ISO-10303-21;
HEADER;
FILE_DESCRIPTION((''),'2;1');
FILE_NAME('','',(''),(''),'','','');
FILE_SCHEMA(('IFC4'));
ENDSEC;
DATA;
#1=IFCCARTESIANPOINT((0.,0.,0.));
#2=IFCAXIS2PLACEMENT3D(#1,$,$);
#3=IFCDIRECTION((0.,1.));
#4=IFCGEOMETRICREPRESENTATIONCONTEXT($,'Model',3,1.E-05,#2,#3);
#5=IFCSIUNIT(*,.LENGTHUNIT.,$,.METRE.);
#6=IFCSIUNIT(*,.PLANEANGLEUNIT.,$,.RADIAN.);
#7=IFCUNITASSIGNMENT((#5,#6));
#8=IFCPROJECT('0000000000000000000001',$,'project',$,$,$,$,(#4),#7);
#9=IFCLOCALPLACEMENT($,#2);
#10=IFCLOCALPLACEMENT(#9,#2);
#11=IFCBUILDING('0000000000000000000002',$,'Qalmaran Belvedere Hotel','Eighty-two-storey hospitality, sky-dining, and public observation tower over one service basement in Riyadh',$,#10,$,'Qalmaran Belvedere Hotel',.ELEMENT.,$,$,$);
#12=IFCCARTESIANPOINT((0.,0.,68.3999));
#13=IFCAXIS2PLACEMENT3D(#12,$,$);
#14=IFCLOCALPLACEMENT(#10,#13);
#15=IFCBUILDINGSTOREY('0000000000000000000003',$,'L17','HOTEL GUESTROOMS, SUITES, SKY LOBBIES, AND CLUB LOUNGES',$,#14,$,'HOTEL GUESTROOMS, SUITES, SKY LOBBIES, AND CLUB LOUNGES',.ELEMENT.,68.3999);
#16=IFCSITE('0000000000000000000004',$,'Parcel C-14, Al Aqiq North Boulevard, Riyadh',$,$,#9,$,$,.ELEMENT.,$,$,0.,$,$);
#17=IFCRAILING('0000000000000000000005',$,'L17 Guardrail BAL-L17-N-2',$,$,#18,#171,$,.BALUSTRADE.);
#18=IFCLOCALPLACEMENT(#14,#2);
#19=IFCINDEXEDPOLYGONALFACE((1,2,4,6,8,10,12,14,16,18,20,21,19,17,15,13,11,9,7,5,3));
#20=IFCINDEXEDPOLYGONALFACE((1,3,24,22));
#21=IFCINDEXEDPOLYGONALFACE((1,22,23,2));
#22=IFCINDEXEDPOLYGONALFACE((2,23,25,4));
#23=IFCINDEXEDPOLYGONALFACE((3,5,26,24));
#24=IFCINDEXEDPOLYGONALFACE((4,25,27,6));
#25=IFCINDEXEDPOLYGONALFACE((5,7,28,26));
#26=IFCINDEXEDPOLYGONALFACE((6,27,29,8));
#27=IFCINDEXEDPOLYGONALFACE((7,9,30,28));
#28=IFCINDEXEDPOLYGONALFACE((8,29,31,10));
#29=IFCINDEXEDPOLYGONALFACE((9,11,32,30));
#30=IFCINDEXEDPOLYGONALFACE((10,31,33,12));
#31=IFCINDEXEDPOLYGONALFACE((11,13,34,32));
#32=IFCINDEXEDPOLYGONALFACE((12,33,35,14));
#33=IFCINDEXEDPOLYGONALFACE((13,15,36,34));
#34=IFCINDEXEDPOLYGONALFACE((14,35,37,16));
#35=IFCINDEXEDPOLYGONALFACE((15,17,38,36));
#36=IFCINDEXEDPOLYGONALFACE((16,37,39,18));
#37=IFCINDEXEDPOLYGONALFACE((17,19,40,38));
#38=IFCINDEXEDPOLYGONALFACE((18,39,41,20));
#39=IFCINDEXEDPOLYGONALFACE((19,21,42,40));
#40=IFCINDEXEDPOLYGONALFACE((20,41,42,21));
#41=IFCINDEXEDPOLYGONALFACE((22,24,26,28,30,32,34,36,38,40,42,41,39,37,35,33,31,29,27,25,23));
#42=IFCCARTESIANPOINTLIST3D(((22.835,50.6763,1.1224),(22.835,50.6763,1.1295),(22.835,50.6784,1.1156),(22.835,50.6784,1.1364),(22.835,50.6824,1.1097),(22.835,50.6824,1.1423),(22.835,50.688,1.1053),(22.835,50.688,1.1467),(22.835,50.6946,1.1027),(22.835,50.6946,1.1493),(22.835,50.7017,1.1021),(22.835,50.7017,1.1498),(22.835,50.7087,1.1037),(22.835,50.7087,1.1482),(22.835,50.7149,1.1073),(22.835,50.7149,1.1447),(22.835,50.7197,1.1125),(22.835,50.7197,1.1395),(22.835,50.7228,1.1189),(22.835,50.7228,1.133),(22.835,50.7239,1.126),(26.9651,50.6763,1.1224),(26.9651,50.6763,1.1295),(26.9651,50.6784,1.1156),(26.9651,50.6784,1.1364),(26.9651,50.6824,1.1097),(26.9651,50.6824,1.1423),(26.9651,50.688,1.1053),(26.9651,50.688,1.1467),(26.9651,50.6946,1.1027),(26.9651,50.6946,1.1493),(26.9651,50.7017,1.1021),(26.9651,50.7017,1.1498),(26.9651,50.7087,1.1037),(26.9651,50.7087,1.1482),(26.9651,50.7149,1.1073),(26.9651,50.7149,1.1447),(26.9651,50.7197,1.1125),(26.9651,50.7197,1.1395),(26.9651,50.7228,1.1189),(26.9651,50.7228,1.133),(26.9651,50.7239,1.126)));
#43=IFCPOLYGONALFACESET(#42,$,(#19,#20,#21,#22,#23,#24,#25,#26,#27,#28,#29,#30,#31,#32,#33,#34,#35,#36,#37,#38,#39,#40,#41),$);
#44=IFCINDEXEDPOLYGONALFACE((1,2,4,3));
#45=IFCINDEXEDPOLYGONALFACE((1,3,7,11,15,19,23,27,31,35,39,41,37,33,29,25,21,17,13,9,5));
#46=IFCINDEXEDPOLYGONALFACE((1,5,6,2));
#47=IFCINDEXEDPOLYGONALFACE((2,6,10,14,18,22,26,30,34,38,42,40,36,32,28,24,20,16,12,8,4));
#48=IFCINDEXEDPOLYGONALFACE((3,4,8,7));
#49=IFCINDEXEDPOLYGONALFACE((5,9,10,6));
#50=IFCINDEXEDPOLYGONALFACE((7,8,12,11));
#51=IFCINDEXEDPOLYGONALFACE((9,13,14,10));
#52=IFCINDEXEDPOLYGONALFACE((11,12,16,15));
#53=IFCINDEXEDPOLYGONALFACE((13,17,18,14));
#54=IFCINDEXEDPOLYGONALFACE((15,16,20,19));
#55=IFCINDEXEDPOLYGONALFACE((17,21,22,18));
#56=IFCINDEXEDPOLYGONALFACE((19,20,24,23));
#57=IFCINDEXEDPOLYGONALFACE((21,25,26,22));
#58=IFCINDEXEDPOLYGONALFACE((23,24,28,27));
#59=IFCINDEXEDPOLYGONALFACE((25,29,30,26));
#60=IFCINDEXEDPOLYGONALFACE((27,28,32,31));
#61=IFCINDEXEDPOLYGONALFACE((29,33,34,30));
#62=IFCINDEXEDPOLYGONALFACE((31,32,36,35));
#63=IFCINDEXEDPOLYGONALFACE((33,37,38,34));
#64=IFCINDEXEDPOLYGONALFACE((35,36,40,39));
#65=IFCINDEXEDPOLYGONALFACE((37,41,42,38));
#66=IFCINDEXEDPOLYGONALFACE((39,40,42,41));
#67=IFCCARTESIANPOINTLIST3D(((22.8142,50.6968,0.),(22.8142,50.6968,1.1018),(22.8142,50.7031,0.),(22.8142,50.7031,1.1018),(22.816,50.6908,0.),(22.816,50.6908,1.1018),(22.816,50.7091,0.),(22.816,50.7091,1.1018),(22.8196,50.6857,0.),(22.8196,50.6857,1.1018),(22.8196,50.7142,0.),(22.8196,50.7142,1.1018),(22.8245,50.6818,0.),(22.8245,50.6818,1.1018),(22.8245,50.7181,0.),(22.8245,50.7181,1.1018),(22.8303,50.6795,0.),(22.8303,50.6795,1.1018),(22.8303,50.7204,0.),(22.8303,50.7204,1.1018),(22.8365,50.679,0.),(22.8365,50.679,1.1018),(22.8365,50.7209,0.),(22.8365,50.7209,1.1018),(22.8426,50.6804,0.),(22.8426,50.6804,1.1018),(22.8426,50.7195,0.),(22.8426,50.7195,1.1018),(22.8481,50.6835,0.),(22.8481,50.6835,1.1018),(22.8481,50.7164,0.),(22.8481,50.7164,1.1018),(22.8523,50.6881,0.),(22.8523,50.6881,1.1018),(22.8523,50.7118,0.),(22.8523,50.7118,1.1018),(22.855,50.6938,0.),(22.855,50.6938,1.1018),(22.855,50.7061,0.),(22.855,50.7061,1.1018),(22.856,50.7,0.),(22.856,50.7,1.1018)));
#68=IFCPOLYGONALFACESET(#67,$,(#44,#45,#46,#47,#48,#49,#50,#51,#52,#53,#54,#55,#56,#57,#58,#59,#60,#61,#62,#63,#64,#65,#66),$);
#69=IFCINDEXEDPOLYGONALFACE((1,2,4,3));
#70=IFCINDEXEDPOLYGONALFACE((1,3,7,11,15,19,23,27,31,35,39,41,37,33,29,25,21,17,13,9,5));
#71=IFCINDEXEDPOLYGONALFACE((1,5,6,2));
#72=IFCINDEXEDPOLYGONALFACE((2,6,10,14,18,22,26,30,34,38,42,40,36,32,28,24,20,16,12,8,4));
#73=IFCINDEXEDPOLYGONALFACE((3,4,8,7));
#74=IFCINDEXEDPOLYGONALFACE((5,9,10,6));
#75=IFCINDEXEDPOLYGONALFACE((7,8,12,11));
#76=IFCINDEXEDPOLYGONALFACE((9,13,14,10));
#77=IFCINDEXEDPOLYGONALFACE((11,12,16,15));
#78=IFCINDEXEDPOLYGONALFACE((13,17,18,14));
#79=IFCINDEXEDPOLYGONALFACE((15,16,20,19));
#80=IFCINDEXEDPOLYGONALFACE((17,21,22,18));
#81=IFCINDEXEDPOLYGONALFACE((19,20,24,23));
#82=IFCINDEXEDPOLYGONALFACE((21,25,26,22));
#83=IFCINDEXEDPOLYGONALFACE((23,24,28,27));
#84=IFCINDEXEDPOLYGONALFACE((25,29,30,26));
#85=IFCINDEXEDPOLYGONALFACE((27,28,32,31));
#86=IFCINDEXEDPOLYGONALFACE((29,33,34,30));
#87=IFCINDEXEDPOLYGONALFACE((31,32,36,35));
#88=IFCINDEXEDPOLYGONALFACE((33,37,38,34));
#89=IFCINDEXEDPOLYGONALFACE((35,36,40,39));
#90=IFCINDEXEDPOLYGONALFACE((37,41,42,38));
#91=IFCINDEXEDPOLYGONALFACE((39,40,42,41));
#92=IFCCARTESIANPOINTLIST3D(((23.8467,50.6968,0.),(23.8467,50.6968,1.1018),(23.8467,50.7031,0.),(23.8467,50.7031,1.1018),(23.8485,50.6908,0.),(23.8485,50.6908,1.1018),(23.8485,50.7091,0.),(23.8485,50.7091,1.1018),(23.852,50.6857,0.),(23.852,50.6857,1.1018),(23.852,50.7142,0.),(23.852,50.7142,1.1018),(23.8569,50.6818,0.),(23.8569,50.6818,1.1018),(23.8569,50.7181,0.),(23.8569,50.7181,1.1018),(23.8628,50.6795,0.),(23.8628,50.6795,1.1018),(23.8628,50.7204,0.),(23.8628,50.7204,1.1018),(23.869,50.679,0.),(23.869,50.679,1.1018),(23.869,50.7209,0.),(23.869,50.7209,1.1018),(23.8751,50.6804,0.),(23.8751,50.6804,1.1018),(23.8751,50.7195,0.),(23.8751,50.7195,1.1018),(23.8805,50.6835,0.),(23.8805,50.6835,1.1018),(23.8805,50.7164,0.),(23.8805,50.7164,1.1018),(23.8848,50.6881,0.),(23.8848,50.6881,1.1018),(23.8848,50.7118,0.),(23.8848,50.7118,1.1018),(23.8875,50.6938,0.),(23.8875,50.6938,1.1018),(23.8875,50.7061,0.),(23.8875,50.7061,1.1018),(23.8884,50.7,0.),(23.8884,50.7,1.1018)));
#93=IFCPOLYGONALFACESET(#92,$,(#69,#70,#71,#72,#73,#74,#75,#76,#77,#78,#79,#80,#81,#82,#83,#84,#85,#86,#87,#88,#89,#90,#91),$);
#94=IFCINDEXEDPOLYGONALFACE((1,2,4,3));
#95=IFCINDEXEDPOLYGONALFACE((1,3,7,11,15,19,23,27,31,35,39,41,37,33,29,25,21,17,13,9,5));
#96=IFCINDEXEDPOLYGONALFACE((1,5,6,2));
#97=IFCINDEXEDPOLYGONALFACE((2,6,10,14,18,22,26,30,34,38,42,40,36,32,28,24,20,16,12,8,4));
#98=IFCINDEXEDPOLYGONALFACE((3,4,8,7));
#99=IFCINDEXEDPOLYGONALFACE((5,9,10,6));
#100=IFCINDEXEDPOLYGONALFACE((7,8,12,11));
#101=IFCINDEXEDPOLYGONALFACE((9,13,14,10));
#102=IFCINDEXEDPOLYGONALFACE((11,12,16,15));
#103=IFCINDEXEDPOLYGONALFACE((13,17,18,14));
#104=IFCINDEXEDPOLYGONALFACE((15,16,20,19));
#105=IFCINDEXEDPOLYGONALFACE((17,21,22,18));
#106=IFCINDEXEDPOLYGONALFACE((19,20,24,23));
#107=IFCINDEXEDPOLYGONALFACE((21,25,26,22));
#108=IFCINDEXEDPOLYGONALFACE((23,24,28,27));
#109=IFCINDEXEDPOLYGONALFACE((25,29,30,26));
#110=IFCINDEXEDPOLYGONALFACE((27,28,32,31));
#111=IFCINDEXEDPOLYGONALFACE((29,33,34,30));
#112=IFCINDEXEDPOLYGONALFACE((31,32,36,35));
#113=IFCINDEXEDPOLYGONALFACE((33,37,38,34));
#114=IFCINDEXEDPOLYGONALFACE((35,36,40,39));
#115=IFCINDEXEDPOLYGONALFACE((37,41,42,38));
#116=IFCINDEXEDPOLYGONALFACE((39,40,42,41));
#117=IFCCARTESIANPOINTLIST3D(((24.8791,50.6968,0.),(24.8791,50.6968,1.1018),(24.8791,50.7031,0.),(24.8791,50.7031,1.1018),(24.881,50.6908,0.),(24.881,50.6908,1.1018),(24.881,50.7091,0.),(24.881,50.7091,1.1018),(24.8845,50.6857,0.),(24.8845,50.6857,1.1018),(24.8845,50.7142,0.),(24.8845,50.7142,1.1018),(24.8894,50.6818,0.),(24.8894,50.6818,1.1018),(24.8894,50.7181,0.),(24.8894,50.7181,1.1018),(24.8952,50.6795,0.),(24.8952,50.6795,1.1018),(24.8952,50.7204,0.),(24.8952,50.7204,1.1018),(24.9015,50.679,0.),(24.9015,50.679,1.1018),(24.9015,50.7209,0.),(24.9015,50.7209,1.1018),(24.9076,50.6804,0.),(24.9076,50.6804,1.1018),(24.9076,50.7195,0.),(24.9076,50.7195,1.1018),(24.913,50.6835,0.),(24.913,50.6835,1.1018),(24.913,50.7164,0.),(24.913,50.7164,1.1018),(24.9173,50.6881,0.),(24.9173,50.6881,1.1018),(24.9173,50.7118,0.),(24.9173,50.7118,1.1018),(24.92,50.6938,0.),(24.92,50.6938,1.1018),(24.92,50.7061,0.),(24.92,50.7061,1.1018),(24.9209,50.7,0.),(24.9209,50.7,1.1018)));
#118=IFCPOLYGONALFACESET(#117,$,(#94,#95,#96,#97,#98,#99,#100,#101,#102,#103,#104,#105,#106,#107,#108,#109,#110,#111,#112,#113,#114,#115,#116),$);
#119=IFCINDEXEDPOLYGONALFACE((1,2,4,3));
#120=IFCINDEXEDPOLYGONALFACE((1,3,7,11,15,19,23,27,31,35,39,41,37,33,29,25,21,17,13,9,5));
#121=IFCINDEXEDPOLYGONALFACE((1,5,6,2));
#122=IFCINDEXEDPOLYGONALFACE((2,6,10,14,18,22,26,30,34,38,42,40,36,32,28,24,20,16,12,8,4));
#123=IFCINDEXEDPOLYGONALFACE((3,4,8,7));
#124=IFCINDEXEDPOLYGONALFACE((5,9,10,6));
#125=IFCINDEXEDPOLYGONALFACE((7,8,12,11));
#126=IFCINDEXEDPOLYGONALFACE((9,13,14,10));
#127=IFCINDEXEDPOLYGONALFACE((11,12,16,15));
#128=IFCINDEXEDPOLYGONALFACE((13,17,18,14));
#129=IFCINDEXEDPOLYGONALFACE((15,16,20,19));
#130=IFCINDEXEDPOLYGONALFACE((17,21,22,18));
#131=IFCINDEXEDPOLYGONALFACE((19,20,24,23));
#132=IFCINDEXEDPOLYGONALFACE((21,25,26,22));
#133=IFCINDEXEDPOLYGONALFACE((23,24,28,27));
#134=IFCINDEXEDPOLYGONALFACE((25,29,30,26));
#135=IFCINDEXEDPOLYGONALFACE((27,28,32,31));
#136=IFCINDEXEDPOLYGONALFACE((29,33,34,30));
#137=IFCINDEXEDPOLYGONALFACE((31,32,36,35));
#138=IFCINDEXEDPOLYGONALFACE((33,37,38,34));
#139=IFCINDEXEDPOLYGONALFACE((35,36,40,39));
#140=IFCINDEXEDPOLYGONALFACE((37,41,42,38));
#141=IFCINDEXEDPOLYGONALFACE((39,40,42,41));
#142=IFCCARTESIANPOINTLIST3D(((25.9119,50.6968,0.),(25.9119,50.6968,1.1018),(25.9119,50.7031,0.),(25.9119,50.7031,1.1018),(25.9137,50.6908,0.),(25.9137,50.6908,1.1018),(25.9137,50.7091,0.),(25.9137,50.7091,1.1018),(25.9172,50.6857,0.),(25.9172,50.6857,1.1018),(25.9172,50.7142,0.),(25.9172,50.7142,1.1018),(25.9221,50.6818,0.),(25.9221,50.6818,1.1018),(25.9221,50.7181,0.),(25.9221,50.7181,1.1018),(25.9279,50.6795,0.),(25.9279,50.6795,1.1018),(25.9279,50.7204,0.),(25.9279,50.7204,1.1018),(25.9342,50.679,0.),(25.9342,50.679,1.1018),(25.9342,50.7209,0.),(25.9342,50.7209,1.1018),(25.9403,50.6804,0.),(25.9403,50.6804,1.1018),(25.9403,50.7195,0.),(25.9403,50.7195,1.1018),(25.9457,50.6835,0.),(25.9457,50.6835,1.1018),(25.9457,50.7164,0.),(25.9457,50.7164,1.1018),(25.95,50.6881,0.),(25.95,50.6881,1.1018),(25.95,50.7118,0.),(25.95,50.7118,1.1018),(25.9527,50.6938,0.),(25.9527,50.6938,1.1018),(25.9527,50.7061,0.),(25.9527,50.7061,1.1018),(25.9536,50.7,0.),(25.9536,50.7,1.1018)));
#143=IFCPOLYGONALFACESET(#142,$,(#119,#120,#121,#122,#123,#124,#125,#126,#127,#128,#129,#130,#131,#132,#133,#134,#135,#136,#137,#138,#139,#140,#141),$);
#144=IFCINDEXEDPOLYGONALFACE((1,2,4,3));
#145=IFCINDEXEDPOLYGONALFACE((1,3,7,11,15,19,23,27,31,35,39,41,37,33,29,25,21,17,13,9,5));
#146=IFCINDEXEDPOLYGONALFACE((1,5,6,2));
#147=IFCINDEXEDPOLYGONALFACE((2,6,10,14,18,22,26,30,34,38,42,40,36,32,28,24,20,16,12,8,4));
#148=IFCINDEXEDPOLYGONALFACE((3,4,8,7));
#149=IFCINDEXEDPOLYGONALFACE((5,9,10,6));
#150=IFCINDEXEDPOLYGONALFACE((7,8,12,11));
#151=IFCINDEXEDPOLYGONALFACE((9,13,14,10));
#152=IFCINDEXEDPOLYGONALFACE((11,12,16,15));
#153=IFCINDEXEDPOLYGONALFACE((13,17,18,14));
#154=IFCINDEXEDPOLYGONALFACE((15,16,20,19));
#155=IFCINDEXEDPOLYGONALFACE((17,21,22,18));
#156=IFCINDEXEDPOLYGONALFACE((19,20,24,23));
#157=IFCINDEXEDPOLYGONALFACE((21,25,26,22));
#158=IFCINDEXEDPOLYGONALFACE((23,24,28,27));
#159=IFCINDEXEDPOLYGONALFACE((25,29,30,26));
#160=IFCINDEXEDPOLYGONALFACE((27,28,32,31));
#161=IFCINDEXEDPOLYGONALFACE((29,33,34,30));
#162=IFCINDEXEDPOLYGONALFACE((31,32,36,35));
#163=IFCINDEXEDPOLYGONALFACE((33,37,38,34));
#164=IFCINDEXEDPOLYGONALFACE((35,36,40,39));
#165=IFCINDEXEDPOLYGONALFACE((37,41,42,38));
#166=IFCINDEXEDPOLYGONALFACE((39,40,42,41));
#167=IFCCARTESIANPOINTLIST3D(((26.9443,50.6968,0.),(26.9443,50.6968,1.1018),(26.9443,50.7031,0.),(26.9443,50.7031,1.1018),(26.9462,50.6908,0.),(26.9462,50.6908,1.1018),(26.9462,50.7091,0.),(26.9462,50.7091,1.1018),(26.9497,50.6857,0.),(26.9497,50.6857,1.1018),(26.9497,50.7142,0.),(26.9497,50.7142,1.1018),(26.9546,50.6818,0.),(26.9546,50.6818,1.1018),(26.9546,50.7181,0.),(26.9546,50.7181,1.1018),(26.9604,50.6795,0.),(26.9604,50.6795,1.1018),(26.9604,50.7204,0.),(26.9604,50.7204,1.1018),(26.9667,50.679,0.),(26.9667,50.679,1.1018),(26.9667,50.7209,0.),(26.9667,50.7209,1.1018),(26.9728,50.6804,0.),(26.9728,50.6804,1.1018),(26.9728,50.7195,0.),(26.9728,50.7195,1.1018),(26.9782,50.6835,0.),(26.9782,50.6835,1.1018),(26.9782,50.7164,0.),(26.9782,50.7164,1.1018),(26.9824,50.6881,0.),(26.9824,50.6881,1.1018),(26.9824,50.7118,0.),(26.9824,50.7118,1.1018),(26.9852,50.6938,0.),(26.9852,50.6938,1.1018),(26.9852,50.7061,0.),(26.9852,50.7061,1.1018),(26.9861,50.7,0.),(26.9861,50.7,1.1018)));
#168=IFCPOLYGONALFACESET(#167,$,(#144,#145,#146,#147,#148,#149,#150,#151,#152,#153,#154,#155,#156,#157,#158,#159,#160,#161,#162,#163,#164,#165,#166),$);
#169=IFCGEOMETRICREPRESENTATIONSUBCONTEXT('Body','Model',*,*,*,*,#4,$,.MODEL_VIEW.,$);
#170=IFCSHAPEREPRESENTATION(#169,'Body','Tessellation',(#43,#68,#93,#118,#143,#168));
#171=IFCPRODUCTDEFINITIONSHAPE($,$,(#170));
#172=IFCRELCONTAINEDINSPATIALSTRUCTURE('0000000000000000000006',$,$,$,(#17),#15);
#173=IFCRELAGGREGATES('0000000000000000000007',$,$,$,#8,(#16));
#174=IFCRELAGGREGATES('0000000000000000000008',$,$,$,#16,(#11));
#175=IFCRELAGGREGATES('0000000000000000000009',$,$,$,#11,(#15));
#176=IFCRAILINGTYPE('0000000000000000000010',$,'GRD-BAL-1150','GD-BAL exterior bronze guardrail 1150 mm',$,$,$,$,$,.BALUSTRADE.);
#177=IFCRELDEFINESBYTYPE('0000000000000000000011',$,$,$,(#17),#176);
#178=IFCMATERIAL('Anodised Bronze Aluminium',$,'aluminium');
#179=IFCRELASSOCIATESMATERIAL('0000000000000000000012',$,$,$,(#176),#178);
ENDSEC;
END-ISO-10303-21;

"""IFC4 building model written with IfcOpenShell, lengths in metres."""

from ifc_helpers import new_model, si_unit, direction, frame, origin, origin_2d, place, context, subcontext, project, spatial, circle, extrude, material, type_object, element, save


model = new_model("IFC4")

# Units and contexts
model_context = context("Model", 3, precision=1e-05, world=origin(), true_north=direction((0.0, 1.0)))
body_context = subcontext(model_context, "Body", "Model", "MODEL_VIEW")
ifc_project = project(units=[si_unit("LENGTHUNIT", "METRE"), si_unit("PLANEANGLEUNIT", "RADIAN")], contexts=[model_context])

# Site, building, storey
site_placement = place(None, origin())
site = spatial("IfcSite", under=ifc_project, at=site_placement, Name="Parcel C-14, Al Aqiq North Boulevard, Riyadh", CompositionType="ELEMENT", RefElevation=0.0)
building_placement = place(site_placement, origin())
building = spatial("IfcBuilding", under=site, at=building_placement, Name="Qalmaran Belvedere Hotel", Description="Eighty-two-storey hospitality, sky-dining, and public observation tower over one service basement in Riyadh", LongName="Qalmaran Belvedere Hotel", CompositionType="ELEMENT")
storey_placement = place(building_placement, frame((0.0, 0.0, 68.3999)))
storey = spatial("IfcBuildingStorey", under=building, at=storey_placement, Name="L17", Description="HOTEL GUESTROOMS, SUITES, SKY LOBBIES, AND CLUB LOUNGES", LongName="HOTEL GUESTROOMS, SUITES, SKY LOBBIES, AND CLUB LOUNGES", CompositionType="ELEMENT", Elevation=68.3999)

# Shared definitions
ifc_material_1 = material(Name="Anodised Bronze Aluminium", Category="aluminium")

# Railing
railing_type = type_object("IfcRailingType", Name="GRD-BAL-1150", Description="GD-BAL exterior bronze guardrail 1150 mm", PredefinedType="BALUSTRADE", material=ifc_material_1)
railing_1_placement = place(storey_placement, frame((22.835, 50.7, 0.0)))
element("IfcRailing", 1, at=railing_1_placement, inside=storey, type_object=railing_type, Name="L17 Guardrail BAL-L17-N-2", PredefinedType="BALUSTRADE", context=body_context, shape_type="SweptSolid", body=[
    extrude(circle(Radius=0.0239, at=origin_2d()), frame((0.0, 0.0, 1.126), z_axis=(1.0, 0.0, 0.0), x_axis=(0.0, 1.0, 0.0)), (0.0, 0.0, 1.0), 4.1301),
    extrude(circle(Radius=0.021, at=origin_2d()), origin(), (0.0, 0.0, 1.0), 1.1018),
    extrude(circle(Radius=0.021, at=origin_2d()), frame((1.0325, 0.0, 0.0)), (0.0, 0.0, 1.0), 1.1018),
    extrude(circle(Radius=0.021, at=origin_2d()), frame((2.0649, 0.0, 0.0)), (0.0, 0.0, 1.0), 1.1018),
    extrude(circle(Radius=0.021, at=origin_2d()), frame((3.0977, 0.0, 0.0)), (0.0, 0.0, 1.0), 1.1018),
    extrude(circle(Radius=0.021, at=origin_2d()), frame((4.1301, 0.0, 0.0)), (0.0, 0.0, 1.0), 1.1018),
])

save(model, "model.ifc")
